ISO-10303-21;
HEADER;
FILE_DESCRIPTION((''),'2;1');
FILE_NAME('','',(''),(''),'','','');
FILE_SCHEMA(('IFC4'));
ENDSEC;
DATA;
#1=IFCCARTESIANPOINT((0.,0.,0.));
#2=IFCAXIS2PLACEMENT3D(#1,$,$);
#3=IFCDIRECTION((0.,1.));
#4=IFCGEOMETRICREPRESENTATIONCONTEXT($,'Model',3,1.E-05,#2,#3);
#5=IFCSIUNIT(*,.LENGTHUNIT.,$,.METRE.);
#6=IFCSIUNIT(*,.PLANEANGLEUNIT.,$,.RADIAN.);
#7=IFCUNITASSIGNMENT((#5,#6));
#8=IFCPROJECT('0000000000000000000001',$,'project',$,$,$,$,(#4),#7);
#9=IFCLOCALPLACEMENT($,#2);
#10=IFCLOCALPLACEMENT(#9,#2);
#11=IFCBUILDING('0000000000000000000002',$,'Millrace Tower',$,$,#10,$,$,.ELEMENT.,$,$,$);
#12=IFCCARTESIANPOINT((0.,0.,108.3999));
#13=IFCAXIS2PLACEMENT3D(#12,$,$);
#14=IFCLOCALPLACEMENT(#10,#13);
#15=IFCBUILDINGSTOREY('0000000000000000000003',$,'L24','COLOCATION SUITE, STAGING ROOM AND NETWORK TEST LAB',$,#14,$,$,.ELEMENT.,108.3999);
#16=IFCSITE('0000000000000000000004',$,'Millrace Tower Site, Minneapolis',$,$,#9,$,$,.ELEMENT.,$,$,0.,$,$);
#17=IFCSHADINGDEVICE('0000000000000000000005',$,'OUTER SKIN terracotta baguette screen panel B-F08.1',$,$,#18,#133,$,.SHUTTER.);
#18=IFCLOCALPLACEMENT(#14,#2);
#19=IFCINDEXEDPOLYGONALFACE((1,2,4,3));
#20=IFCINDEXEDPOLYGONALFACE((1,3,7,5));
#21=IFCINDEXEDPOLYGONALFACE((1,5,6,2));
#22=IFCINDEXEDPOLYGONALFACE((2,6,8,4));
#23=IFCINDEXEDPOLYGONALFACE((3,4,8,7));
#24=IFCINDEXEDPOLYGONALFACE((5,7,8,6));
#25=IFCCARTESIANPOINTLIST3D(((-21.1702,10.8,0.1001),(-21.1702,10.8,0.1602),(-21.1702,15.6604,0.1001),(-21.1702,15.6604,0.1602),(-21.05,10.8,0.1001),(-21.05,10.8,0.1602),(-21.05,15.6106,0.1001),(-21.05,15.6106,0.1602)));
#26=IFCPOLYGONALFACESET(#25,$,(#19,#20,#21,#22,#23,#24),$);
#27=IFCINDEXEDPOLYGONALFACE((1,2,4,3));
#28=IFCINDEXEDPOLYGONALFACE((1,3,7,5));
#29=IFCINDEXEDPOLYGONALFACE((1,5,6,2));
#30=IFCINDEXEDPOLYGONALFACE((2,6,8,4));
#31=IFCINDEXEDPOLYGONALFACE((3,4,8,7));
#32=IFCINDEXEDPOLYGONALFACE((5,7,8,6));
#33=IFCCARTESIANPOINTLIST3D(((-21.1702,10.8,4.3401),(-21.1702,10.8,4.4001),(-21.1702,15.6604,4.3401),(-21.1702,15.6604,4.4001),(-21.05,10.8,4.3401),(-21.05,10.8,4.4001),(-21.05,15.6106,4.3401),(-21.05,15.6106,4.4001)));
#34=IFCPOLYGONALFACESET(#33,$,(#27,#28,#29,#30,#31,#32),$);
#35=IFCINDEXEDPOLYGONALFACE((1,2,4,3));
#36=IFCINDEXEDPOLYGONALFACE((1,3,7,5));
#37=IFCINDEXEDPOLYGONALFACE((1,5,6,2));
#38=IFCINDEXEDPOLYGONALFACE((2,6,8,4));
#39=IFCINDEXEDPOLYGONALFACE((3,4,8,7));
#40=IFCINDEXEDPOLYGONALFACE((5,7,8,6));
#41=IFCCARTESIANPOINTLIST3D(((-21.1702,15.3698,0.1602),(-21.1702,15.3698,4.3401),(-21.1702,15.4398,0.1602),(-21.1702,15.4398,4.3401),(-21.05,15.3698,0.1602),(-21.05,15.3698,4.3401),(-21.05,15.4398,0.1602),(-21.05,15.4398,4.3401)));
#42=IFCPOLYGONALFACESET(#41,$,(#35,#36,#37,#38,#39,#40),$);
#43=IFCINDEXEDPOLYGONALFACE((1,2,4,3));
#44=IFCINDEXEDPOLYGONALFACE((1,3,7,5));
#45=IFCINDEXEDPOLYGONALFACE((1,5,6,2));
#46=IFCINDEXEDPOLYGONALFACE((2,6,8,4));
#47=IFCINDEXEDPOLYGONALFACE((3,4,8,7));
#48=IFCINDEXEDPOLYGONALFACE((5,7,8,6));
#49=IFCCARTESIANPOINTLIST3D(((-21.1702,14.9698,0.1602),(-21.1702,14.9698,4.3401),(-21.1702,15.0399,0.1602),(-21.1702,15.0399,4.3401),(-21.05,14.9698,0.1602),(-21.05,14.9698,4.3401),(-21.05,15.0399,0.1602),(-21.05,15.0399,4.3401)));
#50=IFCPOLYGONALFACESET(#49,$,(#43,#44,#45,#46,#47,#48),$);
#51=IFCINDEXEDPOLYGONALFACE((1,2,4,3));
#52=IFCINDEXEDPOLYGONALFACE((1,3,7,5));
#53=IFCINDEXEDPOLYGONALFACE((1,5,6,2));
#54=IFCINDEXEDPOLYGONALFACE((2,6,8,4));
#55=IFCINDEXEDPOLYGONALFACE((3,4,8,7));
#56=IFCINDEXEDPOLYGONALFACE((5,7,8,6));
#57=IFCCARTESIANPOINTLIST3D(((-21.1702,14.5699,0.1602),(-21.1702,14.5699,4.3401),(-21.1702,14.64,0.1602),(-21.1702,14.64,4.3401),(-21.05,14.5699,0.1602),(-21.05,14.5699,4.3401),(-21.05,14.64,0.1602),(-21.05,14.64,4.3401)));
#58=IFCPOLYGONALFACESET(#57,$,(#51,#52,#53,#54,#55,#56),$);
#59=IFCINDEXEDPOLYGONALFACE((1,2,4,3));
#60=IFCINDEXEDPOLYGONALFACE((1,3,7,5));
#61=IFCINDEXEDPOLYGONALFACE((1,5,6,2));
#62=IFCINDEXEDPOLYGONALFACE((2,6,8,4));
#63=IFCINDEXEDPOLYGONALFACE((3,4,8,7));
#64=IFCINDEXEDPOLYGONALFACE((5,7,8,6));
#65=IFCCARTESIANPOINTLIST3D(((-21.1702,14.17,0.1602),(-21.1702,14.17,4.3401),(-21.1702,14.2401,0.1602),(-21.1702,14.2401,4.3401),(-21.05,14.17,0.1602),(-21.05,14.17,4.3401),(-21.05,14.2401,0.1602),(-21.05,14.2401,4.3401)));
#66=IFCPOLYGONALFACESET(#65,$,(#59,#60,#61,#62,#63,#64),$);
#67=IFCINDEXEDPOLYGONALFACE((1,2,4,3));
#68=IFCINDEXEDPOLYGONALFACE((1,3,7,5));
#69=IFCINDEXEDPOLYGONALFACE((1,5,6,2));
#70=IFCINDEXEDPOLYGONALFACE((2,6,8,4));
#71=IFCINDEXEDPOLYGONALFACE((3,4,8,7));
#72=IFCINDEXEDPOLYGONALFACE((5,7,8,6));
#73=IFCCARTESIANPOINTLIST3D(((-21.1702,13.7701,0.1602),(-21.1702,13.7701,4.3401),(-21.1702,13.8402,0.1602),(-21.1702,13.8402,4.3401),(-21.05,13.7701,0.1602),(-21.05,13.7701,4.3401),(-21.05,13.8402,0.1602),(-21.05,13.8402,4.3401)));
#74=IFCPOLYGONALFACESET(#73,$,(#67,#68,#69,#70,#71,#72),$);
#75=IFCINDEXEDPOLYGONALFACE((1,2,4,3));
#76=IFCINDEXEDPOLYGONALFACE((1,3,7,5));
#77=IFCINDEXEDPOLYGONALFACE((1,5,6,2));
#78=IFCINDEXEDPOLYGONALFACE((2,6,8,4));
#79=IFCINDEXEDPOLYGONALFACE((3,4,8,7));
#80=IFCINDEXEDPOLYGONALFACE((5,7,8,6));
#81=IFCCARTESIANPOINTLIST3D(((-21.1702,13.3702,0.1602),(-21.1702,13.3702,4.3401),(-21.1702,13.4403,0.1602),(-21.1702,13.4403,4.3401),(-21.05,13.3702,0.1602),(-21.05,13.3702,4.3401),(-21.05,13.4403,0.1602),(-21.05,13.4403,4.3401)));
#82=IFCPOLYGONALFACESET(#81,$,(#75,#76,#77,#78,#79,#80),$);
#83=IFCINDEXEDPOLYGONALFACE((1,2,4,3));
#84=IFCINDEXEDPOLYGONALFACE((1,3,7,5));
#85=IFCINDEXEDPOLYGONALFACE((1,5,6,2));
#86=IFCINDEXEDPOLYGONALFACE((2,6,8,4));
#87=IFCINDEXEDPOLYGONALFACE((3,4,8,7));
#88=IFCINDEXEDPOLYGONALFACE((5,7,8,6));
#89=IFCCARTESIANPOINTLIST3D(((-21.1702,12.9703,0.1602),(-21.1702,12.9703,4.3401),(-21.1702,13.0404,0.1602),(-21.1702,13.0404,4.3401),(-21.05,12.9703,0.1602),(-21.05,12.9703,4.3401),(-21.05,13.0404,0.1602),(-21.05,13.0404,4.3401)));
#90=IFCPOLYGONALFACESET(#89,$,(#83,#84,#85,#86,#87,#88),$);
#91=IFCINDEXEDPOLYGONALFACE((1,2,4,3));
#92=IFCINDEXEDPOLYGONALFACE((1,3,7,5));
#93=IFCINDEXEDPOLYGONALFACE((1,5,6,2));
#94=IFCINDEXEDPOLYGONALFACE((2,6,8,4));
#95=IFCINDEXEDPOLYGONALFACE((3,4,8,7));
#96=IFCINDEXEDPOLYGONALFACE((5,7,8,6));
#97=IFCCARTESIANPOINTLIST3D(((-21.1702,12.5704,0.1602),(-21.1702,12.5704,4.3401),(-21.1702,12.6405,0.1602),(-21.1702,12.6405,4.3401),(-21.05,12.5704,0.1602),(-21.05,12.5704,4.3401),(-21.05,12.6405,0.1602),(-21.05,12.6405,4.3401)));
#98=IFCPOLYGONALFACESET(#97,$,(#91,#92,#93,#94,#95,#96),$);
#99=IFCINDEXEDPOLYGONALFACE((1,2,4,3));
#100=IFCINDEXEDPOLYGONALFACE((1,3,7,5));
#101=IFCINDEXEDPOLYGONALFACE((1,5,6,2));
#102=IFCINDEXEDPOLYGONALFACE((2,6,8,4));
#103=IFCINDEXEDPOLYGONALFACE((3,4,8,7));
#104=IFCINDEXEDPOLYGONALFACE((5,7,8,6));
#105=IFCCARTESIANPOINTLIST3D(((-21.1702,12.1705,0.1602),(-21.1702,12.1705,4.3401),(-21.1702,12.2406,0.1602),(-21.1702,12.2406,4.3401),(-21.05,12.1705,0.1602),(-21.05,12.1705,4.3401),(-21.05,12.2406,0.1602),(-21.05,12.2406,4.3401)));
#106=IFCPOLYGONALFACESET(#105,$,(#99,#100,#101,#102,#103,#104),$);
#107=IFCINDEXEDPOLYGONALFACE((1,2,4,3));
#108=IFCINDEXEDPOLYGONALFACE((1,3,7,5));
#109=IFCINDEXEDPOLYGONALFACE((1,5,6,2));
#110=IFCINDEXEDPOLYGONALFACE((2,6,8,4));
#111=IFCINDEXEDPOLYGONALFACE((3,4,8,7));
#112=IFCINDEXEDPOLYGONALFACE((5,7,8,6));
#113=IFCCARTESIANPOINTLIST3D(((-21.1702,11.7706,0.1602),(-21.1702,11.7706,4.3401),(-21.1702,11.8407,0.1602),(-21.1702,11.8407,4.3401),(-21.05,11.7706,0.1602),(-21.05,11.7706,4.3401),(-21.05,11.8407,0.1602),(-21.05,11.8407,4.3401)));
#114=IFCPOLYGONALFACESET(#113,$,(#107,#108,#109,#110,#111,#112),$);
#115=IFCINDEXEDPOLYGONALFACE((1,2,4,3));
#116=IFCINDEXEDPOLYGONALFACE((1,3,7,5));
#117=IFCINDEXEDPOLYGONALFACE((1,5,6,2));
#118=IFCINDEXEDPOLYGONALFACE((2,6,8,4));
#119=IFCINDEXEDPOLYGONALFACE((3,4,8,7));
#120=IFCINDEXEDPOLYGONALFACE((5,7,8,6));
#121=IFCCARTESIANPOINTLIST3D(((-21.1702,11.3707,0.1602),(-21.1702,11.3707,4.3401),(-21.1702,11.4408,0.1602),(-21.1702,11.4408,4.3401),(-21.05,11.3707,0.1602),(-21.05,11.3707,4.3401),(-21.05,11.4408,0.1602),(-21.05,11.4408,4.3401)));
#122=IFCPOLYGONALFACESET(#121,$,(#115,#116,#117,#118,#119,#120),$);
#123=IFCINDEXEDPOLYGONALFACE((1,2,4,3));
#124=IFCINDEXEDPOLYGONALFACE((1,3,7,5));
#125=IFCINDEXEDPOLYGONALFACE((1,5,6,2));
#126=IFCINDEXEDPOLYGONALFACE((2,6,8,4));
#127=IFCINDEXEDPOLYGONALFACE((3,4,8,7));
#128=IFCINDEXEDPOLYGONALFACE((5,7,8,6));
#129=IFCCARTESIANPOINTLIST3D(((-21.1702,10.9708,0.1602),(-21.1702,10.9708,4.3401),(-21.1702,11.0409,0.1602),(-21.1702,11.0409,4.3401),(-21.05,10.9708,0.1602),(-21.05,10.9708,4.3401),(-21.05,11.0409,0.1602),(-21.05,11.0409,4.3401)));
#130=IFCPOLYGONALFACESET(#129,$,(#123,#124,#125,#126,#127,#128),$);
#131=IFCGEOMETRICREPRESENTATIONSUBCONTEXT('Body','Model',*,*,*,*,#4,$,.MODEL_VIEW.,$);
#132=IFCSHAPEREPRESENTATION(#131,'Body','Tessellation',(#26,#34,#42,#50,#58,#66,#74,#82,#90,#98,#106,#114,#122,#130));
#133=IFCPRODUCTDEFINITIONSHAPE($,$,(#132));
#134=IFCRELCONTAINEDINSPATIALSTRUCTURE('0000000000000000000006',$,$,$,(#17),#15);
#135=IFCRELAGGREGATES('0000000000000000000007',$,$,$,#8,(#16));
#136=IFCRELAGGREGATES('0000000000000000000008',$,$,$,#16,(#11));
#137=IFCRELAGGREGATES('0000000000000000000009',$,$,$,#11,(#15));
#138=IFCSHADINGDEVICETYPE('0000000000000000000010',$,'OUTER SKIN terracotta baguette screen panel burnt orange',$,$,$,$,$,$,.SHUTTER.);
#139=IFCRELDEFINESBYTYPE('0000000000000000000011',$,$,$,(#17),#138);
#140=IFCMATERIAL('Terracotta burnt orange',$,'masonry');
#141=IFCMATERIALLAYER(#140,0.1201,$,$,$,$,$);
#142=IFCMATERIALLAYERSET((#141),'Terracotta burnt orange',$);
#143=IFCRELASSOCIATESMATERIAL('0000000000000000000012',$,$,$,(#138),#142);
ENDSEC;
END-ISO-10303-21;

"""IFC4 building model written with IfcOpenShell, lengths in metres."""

from ifc_helpers import new_model, entity, si_unit, direction, frame, frame_2d, origin, place, context, subcontext, project, spatial, rectangle, extrude, source, transform, mapped, material, layer, layer_set, type_object, element, save


model = new_model("IFC4")

# Units and contexts
model_context = context("Model", 3, precision=1e-05, world=origin(), true_north=direction((0.0, 1.0)))
body_context = subcontext(model_context, "Body", "Model", "MODEL_VIEW")
ifc_project = project(units=[si_unit("LENGTHUNIT", "METRE"), si_unit("PLANEANGLEUNIT", "RADIAN")], contexts=[model_context])

# Site, building, storey
site_placement = place(None, origin())
site = spatial("IfcSite", under=ifc_project, at=site_placement, Name="Millrace Tower Site, Minneapolis", CompositionType="ELEMENT", RefElevation=0.0)
building_placement = place(site_placement, origin())
building = spatial("IfcBuilding", under=site, at=building_placement, Name="Millrace Tower", CompositionType="ELEMENT")
storey_placement = place(building_placement, frame((0.0, 0.0, 108.3999)))
storey = spatial("IfcBuildingStorey", under=building, at=storey_placement, Name="L24", Description="COLOCATION SUITE, STAGING ROOM AND NETWORK TEST LAB", CompositionType="ELEMENT", Elevation=108.3999)

# Shading device
ifc_material_1 = material(Name="Terracotta burnt orange", Category="masonry")
ifc_layer_1 = layer(ifc_material_1, 0.1201)
ifc_layer_set_1 = layer_set([ifc_layer_1], Name="Terracotta burnt orange")
shading_device_type = type_object("IfcShadingDeviceType", Name="OUTER SKIN terracotta baguette screen panel burnt orange", PredefinedType="SHUTTER", material=ifc_layer_set_1)
cartesian_point_1 = entity("IfcCartesianPoint", [-2.3928, 0.0601])
shared_polyline_1 = entity("IfcPolyline", [cartesian_point_1, entity("IfcCartesianPoint", [2.4177, 0.0601]), entity("IfcCartesianPoint", [2.4177, -0.0601]), entity("IfcCartesianPoint", [-2.4426, -0.0601]), cartesian_point_1])
shared_shape_1 = source(origin(), body_context, "Body", "SweptSolid", [
    entity("IfcExtrudedAreaSolid", entity("IfcArbitraryClosedProfileDef", "AREA", None, shared_polyline_1), entity("IfcAxis2Placement3D", entity("IfcCartesianPoint", [0.0, 0.0, 0.0])), entity("IfcDirection", [0.0, 0.0, 1.0]), 0.0601),
    entity("IfcExtrudedAreaSolid", entity("IfcArbitraryClosedProfileDef", "AREA", None, shared_polyline_1), entity("IfcAxis2Placement3D", entity("IfcCartesianPoint", [0.0, 0.0, 4.24])), entity("IfcDirection", [0.0, 0.0, 1.0]), 0.0601),
    extrude(rectangle(XDim=0.0701, YDim=0.1201, at=frame_2d((-2.187, 0.0))), frame((0.0, 0.0, 0.0601)), (0.0, 0.0, 1.0), 4.1799),
    extrude(rectangle(XDim=0.0701, YDim=0.1201, at=frame_2d((-1.7871, 0.0))), frame((0.0, 0.0, 0.0601)), (0.0, 0.0, 1.0), 4.1799),
    extrude(rectangle(XDim=0.0701, YDim=0.1201, at=frame_2d((-1.3872, 0.0))), frame((0.0, 0.0, 0.0601)), (0.0, 0.0, 1.0), 4.1799),
    extrude(rectangle(XDim=0.0701, YDim=0.1201, at=frame_2d((-0.9873, 0.0))), frame((0.0, 0.0, 0.0601)), (0.0, 0.0, 1.0), 4.1799),
    extrude(rectangle(XDim=0.0701, YDim=0.1201, at=frame_2d((-0.5874, 0.0))), frame((0.0, 0.0, 0.0601)), (0.0, 0.0, 1.0), 4.1799),
    extrude(rectangle(XDim=0.0701, YDim=0.1201, at=frame_2d((-0.1875, 0.0))), frame((0.0, 0.0, 0.0601)), (0.0, 0.0, 1.0), 4.1799),
    extrude(rectangle(XDim=0.0701, YDim=0.1201, at=frame_2d((0.2124, 0.0))), frame((0.0, 0.0, 0.0601)), (0.0, 0.0, 1.0), 4.1799),
    extrude(rectangle(XDim=0.0701, YDim=0.1201, at=frame_2d((0.6123, 0.0))), frame((0.0, 0.0, 0.0601)), (0.0, 0.0, 1.0), 4.1799),
    extrude(rectangle(XDim=0.0701, YDim=0.1201, at=frame_2d((1.0122, 0.0))), frame((0.0, 0.0, 0.0601)), (0.0, 0.0, 1.0), 4.1799),
    extrude(rectangle(XDim=0.0701, YDim=0.1201, at=frame_2d((1.4121, 0.0))), frame((0.0, 0.0, 0.0601)), (0.0, 0.0, 1.0), 4.1799),
    extrude(rectangle(XDim=0.0701, YDim=0.1201, at=frame_2d((1.812, 0.0))), frame((0.0, 0.0, 0.0601)), (0.0, 0.0, 1.0), 4.1799),
    extrude(rectangle(XDim=0.0701, YDim=0.1201, at=frame_2d((2.2119, 0.0))), frame((0.0, 0.0, 0.0601)), (0.0, 0.0, 1.0), 4.1799),
])
shading_device_1_placement = place(storey_placement, frame((-21.1101, 13.2178, 0.1001), z_axis=(0.0, 0.0, 1.0), x_axis=(0.0, -1.0, 0.0)))
element("IfcShadingDevice", 1, at=shading_device_1_placement, inside=storey, type_object=shading_device_type, Name="OUTER SKIN terracotta baguette screen panel B-F08.1", PredefinedType="SHUTTER", context=body_context, shape_type="MappedRepresentation", body=[
    mapped(shared_shape_1, transform((0.0, 0.0, 0.0), scale=1.0)),
])

save(model, "model.ifc")
